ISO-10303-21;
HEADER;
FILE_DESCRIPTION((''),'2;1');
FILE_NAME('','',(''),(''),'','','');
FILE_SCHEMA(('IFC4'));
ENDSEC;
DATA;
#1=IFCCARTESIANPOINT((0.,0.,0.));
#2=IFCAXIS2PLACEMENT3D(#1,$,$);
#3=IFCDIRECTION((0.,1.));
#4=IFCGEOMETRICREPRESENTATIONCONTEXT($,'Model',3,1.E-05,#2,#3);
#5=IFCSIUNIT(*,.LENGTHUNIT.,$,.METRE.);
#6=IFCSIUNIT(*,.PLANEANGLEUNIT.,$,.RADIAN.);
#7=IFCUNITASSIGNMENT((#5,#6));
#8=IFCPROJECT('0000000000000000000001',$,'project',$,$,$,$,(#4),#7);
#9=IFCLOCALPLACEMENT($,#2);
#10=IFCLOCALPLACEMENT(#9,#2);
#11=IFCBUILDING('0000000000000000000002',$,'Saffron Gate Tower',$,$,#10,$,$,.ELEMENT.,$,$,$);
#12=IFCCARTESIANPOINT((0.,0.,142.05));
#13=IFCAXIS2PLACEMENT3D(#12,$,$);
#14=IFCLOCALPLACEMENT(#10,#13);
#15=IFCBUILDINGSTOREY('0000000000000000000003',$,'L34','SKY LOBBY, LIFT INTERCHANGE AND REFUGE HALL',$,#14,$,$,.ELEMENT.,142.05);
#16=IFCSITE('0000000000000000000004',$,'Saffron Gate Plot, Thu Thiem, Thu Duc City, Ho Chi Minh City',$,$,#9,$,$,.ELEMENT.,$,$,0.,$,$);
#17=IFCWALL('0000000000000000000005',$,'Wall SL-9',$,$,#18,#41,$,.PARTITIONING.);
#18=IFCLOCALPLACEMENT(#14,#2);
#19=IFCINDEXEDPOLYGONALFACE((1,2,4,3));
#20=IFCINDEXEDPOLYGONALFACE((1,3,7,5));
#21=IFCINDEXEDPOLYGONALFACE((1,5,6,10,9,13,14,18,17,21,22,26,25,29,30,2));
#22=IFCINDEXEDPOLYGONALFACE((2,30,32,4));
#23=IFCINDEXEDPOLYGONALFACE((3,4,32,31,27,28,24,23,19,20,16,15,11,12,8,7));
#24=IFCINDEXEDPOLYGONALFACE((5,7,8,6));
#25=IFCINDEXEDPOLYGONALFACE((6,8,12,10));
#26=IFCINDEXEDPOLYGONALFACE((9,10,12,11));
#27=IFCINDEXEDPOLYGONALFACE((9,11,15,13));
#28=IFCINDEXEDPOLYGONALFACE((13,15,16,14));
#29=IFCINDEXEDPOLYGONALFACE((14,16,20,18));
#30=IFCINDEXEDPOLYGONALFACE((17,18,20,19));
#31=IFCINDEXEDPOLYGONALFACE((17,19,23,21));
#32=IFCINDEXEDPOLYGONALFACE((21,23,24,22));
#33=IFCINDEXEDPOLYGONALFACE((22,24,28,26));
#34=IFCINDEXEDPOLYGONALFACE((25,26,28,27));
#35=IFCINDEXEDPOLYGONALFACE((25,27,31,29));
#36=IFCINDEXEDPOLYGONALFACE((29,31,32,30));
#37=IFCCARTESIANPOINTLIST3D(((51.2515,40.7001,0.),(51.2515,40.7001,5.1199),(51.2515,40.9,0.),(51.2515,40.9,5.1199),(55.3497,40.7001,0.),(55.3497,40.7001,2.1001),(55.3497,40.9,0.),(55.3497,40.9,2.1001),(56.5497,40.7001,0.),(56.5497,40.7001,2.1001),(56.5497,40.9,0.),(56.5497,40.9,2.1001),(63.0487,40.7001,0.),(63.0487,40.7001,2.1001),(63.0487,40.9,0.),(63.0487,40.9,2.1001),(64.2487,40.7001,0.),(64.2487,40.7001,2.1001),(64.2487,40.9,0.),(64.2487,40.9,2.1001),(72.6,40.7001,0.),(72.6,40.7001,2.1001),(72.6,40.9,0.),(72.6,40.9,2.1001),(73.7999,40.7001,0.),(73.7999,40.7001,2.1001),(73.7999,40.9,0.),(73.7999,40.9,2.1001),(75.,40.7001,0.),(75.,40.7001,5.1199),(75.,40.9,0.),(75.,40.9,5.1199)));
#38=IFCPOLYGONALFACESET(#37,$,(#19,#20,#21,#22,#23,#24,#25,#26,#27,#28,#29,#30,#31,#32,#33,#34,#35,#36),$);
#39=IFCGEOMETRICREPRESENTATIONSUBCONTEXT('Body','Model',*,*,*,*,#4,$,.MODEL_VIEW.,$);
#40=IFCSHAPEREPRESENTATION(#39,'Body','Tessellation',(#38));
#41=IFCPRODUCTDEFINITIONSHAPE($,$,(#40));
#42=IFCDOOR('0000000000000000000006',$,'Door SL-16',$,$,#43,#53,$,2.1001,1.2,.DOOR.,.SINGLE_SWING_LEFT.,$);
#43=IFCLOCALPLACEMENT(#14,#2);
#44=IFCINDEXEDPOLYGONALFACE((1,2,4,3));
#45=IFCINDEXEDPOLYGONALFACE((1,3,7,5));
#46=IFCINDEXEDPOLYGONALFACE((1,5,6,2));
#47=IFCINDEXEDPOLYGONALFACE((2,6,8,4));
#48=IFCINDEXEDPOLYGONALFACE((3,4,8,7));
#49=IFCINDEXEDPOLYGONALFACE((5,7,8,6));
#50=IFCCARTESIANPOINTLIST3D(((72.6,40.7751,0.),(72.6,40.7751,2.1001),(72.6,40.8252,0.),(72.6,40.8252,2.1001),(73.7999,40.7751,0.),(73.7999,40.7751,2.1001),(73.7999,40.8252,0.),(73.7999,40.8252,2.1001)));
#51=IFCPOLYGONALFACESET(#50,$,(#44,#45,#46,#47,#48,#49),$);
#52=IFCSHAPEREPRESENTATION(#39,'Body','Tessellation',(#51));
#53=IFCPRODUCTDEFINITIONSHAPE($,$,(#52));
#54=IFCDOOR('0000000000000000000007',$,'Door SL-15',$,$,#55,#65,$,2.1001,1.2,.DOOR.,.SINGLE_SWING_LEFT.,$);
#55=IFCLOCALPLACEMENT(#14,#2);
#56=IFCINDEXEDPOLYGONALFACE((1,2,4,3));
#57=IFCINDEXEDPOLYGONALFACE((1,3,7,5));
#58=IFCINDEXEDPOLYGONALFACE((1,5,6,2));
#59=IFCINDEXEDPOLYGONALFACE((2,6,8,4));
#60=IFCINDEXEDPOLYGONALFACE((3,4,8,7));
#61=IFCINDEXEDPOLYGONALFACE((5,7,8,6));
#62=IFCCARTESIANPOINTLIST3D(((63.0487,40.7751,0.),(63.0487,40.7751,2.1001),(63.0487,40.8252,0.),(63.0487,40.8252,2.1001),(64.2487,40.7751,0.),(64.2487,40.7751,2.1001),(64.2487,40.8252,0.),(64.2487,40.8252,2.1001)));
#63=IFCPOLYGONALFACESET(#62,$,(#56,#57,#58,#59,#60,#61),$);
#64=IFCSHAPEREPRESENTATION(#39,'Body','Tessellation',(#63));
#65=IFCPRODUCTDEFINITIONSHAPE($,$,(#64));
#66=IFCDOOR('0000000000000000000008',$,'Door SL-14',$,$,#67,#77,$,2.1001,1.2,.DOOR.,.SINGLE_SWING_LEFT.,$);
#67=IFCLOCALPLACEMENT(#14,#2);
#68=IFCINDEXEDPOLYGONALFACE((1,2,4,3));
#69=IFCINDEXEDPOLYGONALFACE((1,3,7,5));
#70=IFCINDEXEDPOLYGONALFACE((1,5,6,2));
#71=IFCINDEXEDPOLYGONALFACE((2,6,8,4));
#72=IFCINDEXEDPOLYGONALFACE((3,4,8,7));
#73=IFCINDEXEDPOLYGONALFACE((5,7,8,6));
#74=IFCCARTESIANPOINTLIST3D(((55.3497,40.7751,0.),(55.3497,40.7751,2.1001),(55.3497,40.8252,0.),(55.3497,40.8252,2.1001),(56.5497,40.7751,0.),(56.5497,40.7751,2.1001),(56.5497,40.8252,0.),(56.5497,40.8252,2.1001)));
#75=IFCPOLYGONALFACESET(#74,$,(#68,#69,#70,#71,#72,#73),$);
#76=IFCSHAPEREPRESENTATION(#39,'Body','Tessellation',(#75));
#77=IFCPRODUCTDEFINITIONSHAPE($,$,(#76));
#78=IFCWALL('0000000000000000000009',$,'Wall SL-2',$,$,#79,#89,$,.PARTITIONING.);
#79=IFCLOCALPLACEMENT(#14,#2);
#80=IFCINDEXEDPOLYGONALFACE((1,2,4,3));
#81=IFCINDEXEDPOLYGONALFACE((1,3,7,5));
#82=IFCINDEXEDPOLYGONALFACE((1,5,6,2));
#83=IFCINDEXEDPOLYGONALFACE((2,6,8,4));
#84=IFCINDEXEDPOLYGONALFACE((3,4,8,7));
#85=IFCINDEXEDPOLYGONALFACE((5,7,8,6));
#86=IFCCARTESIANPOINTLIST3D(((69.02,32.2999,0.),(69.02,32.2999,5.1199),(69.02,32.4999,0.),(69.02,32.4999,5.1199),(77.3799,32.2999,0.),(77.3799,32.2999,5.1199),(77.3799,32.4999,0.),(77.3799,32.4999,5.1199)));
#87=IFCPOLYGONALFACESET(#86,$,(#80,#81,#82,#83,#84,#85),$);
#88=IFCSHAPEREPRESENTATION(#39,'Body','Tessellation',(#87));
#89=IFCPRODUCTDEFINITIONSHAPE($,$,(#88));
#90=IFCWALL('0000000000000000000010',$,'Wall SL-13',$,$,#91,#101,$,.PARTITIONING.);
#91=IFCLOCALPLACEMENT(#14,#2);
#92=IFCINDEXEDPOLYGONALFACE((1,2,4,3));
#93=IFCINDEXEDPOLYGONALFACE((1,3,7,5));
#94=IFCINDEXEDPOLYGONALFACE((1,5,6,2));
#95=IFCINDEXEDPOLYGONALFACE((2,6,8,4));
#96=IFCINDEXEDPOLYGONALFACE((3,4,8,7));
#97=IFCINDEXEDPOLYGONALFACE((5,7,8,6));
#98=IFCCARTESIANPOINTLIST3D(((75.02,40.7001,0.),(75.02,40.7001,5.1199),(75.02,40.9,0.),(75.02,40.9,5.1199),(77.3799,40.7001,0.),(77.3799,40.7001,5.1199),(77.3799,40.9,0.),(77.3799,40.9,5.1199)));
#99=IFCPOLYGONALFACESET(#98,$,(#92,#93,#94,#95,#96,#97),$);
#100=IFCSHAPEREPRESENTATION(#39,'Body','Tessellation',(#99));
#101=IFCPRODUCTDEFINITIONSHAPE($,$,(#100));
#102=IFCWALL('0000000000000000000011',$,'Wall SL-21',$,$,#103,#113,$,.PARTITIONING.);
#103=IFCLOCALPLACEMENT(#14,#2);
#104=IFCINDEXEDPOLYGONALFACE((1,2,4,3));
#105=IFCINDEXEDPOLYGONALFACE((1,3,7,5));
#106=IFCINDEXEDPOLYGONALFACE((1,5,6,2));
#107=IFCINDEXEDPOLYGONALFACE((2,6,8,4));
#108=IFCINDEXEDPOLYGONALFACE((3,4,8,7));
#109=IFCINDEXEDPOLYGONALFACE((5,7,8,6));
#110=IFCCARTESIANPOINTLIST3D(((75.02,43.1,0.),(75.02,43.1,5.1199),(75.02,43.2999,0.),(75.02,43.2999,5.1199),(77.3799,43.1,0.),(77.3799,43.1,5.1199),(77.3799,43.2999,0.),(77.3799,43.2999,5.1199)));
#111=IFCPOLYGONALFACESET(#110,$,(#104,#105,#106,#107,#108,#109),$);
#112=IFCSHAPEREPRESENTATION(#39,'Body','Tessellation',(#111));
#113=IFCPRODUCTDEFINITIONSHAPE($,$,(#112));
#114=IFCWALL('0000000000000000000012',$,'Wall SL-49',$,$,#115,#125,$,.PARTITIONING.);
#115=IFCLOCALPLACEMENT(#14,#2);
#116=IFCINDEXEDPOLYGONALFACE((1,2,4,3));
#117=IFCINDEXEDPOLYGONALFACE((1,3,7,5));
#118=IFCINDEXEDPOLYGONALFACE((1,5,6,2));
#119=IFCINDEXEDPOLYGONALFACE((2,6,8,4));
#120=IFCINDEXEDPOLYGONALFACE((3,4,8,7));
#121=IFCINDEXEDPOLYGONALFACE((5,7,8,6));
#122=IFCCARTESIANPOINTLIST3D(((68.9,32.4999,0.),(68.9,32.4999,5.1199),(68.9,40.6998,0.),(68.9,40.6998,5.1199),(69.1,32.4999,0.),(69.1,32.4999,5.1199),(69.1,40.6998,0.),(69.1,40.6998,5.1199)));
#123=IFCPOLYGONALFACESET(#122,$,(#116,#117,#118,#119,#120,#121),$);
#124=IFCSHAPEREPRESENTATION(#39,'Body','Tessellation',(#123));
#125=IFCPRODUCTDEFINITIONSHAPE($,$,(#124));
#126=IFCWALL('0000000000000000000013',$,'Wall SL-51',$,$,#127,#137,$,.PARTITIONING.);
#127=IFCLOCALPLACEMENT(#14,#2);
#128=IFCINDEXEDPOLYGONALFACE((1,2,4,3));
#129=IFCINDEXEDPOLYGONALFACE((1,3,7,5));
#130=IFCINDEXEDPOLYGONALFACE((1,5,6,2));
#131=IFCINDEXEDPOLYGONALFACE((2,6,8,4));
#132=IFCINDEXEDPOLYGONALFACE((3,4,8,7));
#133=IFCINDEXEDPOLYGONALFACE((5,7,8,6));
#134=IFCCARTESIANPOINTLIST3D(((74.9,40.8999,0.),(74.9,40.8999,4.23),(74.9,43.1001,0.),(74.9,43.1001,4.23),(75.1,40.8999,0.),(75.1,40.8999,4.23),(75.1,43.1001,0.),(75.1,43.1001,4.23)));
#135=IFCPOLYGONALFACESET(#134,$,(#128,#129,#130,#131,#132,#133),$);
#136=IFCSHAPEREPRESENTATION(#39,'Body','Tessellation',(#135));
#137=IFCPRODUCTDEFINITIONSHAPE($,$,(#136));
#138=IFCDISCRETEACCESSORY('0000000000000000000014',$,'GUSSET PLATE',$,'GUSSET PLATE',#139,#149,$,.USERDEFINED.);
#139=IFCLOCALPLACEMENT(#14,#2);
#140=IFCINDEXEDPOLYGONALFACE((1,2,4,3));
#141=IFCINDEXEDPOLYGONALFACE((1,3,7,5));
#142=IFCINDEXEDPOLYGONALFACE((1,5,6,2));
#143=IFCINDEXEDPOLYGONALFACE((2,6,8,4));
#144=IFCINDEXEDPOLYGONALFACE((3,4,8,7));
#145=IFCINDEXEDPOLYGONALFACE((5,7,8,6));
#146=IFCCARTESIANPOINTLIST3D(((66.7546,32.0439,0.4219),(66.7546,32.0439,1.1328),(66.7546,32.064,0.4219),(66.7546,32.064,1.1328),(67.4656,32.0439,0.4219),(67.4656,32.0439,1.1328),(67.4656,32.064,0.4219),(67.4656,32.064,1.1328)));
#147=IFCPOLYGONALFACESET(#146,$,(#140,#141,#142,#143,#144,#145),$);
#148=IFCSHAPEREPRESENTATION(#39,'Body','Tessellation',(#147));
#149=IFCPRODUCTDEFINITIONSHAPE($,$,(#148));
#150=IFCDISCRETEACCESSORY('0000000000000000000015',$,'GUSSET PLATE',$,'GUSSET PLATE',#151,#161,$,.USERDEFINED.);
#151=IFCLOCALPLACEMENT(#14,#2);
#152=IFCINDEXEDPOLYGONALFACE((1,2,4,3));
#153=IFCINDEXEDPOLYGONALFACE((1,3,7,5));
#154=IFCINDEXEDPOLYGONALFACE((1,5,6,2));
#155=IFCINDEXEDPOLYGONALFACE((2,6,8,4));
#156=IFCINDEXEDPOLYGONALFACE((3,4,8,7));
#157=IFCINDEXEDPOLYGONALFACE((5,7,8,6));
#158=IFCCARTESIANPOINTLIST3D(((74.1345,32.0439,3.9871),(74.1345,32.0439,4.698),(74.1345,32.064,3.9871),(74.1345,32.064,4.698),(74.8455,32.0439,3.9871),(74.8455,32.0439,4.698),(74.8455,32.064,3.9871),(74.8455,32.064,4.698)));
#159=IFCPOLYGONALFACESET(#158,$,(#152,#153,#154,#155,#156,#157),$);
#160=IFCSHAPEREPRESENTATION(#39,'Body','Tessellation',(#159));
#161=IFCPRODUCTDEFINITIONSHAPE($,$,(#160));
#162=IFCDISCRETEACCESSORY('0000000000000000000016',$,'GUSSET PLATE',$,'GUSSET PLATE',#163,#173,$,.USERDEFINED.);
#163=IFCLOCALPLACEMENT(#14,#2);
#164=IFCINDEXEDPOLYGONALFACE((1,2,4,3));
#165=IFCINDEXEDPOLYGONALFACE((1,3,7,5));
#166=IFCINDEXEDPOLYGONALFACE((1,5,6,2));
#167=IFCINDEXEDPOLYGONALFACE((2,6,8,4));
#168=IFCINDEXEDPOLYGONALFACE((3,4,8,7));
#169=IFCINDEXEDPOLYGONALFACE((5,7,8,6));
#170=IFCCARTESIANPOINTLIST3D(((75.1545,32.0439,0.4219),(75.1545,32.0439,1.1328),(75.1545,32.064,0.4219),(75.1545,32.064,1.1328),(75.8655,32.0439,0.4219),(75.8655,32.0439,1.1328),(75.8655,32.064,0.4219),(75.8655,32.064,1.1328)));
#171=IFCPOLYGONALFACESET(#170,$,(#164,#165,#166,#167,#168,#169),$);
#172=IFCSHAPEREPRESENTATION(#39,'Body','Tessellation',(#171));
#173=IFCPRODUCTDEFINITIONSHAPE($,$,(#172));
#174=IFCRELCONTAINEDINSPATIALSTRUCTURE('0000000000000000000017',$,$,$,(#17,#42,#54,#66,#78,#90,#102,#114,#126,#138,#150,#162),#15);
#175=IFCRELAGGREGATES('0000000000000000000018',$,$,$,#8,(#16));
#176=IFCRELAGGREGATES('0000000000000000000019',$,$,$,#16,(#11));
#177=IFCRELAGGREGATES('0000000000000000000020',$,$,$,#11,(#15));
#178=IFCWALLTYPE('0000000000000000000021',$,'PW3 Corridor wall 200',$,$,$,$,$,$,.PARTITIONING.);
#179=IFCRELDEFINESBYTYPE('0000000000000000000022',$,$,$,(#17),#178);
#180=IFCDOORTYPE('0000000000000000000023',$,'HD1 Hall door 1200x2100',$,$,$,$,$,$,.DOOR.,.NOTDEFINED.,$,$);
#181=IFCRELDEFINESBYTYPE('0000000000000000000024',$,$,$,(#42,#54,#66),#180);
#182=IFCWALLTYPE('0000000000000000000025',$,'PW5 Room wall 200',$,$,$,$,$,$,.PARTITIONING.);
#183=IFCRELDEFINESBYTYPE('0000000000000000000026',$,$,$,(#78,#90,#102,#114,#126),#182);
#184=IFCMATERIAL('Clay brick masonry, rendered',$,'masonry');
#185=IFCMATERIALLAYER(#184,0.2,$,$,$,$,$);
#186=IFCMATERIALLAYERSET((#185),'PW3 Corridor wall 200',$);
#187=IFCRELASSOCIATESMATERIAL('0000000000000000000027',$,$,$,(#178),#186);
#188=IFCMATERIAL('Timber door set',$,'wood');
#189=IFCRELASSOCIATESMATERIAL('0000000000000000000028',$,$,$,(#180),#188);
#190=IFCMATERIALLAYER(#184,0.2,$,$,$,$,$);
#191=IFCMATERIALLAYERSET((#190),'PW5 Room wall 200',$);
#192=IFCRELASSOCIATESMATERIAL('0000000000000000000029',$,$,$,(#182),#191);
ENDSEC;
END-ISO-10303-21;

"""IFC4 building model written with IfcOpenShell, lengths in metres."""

from ifc_helpers import new_model, si_unit, direction, frame, frame_2d, origin, origin_2d, place, context, subcontext, project, spatial, rectangle, extrude, material, layer, layer_set, type_object, element, fill, save


model = new_model("IFC4")

# Units and contexts
model_context = context("Model", 3, precision=1e-05, world=origin(), true_north=direction((0.0, 1.0)))
body_context = subcontext(model_context, "Body", "Model", "MODEL_VIEW")
ifc_project = project(units=[si_unit("LENGTHUNIT", "METRE"), si_unit("PLANEANGLEUNIT", "RADIAN")], contexts=[model_context])

# Site, building, storey
site_placement = place(None, origin())
site = spatial("IfcSite", under=ifc_project, at=site_placement, Name="Saffron Gate Plot, Thu Thiem, Thu Duc City, Ho Chi Minh City", CompositionType="ELEMENT", RefElevation=0.0)
building_placement = place(site_placement, origin())
building = spatial("IfcBuilding", under=site, at=building_placement, Name="Saffron Gate Tower", CompositionType="ELEMENT")
storey_placement = place(building_placement, frame((0.0, 0.0, 142.05)))
storey = spatial("IfcBuildingStorey", under=building, at=storey_placement, Name="L34", Description="SKY LOBBY, LIFT INTERCHANGE AND REFUGE HALL", CompositionType="ELEMENT", Elevation=142.05)

# Wall, openings, doors
ifc_material_1 = material(Name="Clay brick masonry, rendered", Category="masonry")
ifc_layer_1 = layer(ifc_material_1, 0.2)
ifc_layer_set_1 = layer_set([ifc_layer_1], Name="PW3 Corridor wall 200")
wall_type_1 = type_object("IfcWallType", Name="PW3 Corridor wall 200", PredefinedType="PARTITIONING", material=ifc_layer_set_1)
wall_1_placement = place(storey_placement, frame((75.0, 40.8, 0.0), z_axis=(0.0, 0.0, 1.0), x_axis=(-1.0, 0.0, 0.0)))
wall_1 = element("IfcWall", 1, at=wall_1_placement, inside=storey, type_object=wall_type_1, Name="Wall SL-9", PredefinedType="PARTITIONING", context=body_context, shape_type="SweptSolid", body=[
    extrude(rectangle(XDim=23.7485, YDim=0.2, at=frame_2d((11.8743, 0.0))), origin(), (0.0, 0.0, 1.0), 5.1199),
])
opening_1_placement = place(wall_1_placement, frame((1.2, 0.0, 0.0)))
opening_1 = element("IfcOpeningElement", 2, at=opening_1_placement, cuts=wall_1, PredefinedType="OPENING", context=body_context, shape_type="SweptSolid", body=[
    extrude(rectangle(XDim=1.2, YDim=2.1001, at=frame_2d((0.6001, 1.05))), frame((0.0, 0.1099, 0.0), z_axis=(0.0, -1.0, 0.0), x_axis=(1.0, 0.0, 0.0)), (0.0, 0.0, 1.0), 0.22),
])
opening_2_placement = place(wall_1_placement, frame((10.7512, 0.0, 0.0)))
opening_2 = element("IfcOpeningElement", 3, at=opening_2_placement, cuts=wall_1, PredefinedType="OPENING", context=body_context, shape_type="SweptSolid", body=[
    extrude(rectangle(XDim=1.2, YDim=2.1001, at=frame_2d((0.6001, 1.05))), frame((0.0, 0.1099, 0.0), z_axis=(0.0, -1.0, 0.0), x_axis=(1.0, 0.0, 0.0)), (0.0, 0.0, 1.0), 0.22),
])
opening_3_placement = place(wall_1_placement, frame((18.4502, 0.0, 0.0)))
opening_3 = element("IfcOpeningElement", 4, at=opening_3_placement, cuts=wall_1, PredefinedType="OPENING", context=body_context, shape_type="SweptSolid", body=[
    extrude(rectangle(XDim=1.2, YDim=2.1001, at=frame_2d((0.6001, 1.05))), frame((0.0, 0.1099, 0.0), z_axis=(0.0, -1.0, 0.0), x_axis=(1.0, 0.0, 0.0)), (0.0, 0.0, 1.0), 0.22),
])
ifc_material_2 = material(Name="Timber door set", Category="wood")
door_type = type_object("IfcDoorType", Name="HD1 Hall door 1200x2100", OperationType="NOTDEFINED", PredefinedType="DOOR", material=ifc_material_2)
door_1_placement = place(opening_1_placement, origin())
door_1 = element("IfcDoor", 5, at=door_1_placement, inside=storey, type_object=door_type, Name="Door SL-16", OperationType="SINGLE_SWING_LEFT", OverallHeight=2.1001, OverallWidth=1.2, PredefinedType="DOOR", context=body_context, shape_type="SweptSolid", body=[
    extrude(rectangle(XDim=1.2, YDim=2.1001, at=frame_2d((0.6001, 1.05))), frame((0.0, 0.0249, 0.0), z_axis=(0.0, -1.0, 0.0), x_axis=(1.0, 0.0, 0.0)), (0.0, 0.0, 1.0), 0.05),
])
fill(opening_1, door_1)
door_2_placement = place(opening_2_placement, origin())
door_2 = element("IfcDoor", 6, at=door_2_placement, inside=storey, type_object=door_type, Name="Door SL-15", OperationType="SINGLE_SWING_LEFT", OverallHeight=2.1001, OverallWidth=1.2, PredefinedType="DOOR", context=body_context, shape_type="SweptSolid", body=[
    extrude(rectangle(XDim=1.2, YDim=2.1001, at=frame_2d((0.6001, 1.05))), frame((0.0, 0.0249, 0.0), z_axis=(0.0, -1.0, 0.0), x_axis=(1.0, 0.0, 0.0)), (0.0, 0.0, 1.0), 0.05),
])
fill(opening_2, door_2)
door_3_placement = place(opening_3_placement, origin())
door_3 = element("IfcDoor", 7, at=door_3_placement, inside=storey, type_object=door_type, Name="Door SL-14", OperationType="SINGLE_SWING_LEFT", OverallHeight=2.1001, OverallWidth=1.2, PredefinedType="DOOR", context=body_context, shape_type="SweptSolid", body=[
    extrude(rectangle(XDim=1.2, YDim=2.1001, at=frame_2d((0.6001, 1.05))), frame((0.0, 0.0249, 0.0), z_axis=(0.0, -1.0, 0.0), x_axis=(1.0, 0.0, 0.0)), (0.0, 0.0, 1.0), 0.05),
])
fill(opening_3, door_3)

# Walls
ifc_layer_2 = layer(ifc_material_1, 0.2)
ifc_layer_set_2 = layer_set([ifc_layer_2], Name="PW5 Room wall 200")
wall_type_2 = type_object("IfcWallType", Name="PW5 Room wall 200", PredefinedType="PARTITIONING", material=ifc_layer_set_2)
wall_2_placement = place(storey_placement, frame((69.02, 32.3999, 0.0), z_axis=(0.0, 0.0, 1.0), x_axis=(1.0, 0.0, 0.0)))
element("IfcWall", 8, at=wall_2_placement, inside=storey, type_object=wall_type_2, Name="Wall SL-2", PredefinedType="PARTITIONING", context=body_context, shape_type="SweptSolid", body=[
    extrude(rectangle(XDim=8.3599, YDim=0.2, at=frame_2d((4.1799, 0.0))), origin(), (0.0, 0.0, 1.0), 5.1199),
])
for number, where, z_axis, x_axis, name in (
    (9, (75.02, 40.8, 0.0), (0.0, 0.0, 1.0), (1.0, 0.0, 0.0), "Wall SL-13"),
    (10, (75.02, 43.2, 0.0), (0.0, 0.0, 1.0), (1.0, 0.0, 0.0), "Wall SL-21"),
):
    element("IfcWall", number, at=place(storey_placement, frame(where, z_axis=z_axis, x_axis=x_axis)), inside=storey, type_object=wall_type_2, Name=name, PredefinedType="PARTITIONING", context=body_context, shape_type="SweptSolid", body=[
        extrude(rectangle(XDim=2.3599, YDim=0.2, at=frame_2d((1.1799, 0.0))), origin(), (0.0, 0.0, 1.0), 5.1199),
    ])
wall_3_placement = place(storey_placement, frame((69.0, 40.7, 0.0), z_axis=(0.0, 0.0, 1.0), x_axis=(0.0, -1.0, 0.0)))
element("IfcWall", 11, at=wall_3_placement, inside=storey, type_object=wall_type_2, Name="Wall SL-49", PredefinedType="PARTITIONING", context=body_context, shape_type="SweptSolid", body=[
    extrude(rectangle(XDim=8.2, YDim=0.2, at=frame_2d((4.1001, 0.0))), origin(), (0.0, 0.0, 1.0), 5.1199),
])
wall_4_placement = place(storey_placement, frame((75.0, 43.1001, 0.0), z_axis=(0.0, 0.0, 1.0), x_axis=(0.0, -1.0, 0.0)))
element("IfcWall", 12, at=wall_4_placement, inside=storey, type_object=wall_type_2, Name="Wall SL-51", PredefinedType="PARTITIONING", context=body_context, shape_type="SweptSolid", body=[
    extrude(rectangle(XDim=2.2002, YDim=0.2, at=frame_2d((1.1001, 0.0))), origin(), (0.0, 0.0, 1.0), 4.23),
])

# Discrete accessories
for number, where, z_axis, x_axis, name in (
    (13, (67.1101, 32.054, 0.4219), (0.0, 0.0, 1.0), (1.0, 0.0, 0.0), "GUSSET PLATE"),
    (14, (74.49, 32.054, 3.9871), (0.0, 0.0, 1.0), (1.0, 0.0, 0.0), "GUSSET PLATE"),
    (15, (75.51, 32.054, 0.4219), (0.0, 0.0, 1.0), (1.0, 0.0, 0.0), "GUSSET PLATE"),
):
    element("IfcDiscreteAccessory", number, at=place(storey_placement, frame(where, z_axis=z_axis, x_axis=x_axis)), inside=storey, Name=name, ObjectType="GUSSET PLATE", PredefinedType="USERDEFINED", context=body_context, shape_type="SweptSolid", body=[
        extrude(rectangle(XDim=0.7109, YDim=0.02, at=origin_2d()), origin(), (0.0, 0.0, 1.0), 0.7109),
    ])

save(model, "model.ifc")
